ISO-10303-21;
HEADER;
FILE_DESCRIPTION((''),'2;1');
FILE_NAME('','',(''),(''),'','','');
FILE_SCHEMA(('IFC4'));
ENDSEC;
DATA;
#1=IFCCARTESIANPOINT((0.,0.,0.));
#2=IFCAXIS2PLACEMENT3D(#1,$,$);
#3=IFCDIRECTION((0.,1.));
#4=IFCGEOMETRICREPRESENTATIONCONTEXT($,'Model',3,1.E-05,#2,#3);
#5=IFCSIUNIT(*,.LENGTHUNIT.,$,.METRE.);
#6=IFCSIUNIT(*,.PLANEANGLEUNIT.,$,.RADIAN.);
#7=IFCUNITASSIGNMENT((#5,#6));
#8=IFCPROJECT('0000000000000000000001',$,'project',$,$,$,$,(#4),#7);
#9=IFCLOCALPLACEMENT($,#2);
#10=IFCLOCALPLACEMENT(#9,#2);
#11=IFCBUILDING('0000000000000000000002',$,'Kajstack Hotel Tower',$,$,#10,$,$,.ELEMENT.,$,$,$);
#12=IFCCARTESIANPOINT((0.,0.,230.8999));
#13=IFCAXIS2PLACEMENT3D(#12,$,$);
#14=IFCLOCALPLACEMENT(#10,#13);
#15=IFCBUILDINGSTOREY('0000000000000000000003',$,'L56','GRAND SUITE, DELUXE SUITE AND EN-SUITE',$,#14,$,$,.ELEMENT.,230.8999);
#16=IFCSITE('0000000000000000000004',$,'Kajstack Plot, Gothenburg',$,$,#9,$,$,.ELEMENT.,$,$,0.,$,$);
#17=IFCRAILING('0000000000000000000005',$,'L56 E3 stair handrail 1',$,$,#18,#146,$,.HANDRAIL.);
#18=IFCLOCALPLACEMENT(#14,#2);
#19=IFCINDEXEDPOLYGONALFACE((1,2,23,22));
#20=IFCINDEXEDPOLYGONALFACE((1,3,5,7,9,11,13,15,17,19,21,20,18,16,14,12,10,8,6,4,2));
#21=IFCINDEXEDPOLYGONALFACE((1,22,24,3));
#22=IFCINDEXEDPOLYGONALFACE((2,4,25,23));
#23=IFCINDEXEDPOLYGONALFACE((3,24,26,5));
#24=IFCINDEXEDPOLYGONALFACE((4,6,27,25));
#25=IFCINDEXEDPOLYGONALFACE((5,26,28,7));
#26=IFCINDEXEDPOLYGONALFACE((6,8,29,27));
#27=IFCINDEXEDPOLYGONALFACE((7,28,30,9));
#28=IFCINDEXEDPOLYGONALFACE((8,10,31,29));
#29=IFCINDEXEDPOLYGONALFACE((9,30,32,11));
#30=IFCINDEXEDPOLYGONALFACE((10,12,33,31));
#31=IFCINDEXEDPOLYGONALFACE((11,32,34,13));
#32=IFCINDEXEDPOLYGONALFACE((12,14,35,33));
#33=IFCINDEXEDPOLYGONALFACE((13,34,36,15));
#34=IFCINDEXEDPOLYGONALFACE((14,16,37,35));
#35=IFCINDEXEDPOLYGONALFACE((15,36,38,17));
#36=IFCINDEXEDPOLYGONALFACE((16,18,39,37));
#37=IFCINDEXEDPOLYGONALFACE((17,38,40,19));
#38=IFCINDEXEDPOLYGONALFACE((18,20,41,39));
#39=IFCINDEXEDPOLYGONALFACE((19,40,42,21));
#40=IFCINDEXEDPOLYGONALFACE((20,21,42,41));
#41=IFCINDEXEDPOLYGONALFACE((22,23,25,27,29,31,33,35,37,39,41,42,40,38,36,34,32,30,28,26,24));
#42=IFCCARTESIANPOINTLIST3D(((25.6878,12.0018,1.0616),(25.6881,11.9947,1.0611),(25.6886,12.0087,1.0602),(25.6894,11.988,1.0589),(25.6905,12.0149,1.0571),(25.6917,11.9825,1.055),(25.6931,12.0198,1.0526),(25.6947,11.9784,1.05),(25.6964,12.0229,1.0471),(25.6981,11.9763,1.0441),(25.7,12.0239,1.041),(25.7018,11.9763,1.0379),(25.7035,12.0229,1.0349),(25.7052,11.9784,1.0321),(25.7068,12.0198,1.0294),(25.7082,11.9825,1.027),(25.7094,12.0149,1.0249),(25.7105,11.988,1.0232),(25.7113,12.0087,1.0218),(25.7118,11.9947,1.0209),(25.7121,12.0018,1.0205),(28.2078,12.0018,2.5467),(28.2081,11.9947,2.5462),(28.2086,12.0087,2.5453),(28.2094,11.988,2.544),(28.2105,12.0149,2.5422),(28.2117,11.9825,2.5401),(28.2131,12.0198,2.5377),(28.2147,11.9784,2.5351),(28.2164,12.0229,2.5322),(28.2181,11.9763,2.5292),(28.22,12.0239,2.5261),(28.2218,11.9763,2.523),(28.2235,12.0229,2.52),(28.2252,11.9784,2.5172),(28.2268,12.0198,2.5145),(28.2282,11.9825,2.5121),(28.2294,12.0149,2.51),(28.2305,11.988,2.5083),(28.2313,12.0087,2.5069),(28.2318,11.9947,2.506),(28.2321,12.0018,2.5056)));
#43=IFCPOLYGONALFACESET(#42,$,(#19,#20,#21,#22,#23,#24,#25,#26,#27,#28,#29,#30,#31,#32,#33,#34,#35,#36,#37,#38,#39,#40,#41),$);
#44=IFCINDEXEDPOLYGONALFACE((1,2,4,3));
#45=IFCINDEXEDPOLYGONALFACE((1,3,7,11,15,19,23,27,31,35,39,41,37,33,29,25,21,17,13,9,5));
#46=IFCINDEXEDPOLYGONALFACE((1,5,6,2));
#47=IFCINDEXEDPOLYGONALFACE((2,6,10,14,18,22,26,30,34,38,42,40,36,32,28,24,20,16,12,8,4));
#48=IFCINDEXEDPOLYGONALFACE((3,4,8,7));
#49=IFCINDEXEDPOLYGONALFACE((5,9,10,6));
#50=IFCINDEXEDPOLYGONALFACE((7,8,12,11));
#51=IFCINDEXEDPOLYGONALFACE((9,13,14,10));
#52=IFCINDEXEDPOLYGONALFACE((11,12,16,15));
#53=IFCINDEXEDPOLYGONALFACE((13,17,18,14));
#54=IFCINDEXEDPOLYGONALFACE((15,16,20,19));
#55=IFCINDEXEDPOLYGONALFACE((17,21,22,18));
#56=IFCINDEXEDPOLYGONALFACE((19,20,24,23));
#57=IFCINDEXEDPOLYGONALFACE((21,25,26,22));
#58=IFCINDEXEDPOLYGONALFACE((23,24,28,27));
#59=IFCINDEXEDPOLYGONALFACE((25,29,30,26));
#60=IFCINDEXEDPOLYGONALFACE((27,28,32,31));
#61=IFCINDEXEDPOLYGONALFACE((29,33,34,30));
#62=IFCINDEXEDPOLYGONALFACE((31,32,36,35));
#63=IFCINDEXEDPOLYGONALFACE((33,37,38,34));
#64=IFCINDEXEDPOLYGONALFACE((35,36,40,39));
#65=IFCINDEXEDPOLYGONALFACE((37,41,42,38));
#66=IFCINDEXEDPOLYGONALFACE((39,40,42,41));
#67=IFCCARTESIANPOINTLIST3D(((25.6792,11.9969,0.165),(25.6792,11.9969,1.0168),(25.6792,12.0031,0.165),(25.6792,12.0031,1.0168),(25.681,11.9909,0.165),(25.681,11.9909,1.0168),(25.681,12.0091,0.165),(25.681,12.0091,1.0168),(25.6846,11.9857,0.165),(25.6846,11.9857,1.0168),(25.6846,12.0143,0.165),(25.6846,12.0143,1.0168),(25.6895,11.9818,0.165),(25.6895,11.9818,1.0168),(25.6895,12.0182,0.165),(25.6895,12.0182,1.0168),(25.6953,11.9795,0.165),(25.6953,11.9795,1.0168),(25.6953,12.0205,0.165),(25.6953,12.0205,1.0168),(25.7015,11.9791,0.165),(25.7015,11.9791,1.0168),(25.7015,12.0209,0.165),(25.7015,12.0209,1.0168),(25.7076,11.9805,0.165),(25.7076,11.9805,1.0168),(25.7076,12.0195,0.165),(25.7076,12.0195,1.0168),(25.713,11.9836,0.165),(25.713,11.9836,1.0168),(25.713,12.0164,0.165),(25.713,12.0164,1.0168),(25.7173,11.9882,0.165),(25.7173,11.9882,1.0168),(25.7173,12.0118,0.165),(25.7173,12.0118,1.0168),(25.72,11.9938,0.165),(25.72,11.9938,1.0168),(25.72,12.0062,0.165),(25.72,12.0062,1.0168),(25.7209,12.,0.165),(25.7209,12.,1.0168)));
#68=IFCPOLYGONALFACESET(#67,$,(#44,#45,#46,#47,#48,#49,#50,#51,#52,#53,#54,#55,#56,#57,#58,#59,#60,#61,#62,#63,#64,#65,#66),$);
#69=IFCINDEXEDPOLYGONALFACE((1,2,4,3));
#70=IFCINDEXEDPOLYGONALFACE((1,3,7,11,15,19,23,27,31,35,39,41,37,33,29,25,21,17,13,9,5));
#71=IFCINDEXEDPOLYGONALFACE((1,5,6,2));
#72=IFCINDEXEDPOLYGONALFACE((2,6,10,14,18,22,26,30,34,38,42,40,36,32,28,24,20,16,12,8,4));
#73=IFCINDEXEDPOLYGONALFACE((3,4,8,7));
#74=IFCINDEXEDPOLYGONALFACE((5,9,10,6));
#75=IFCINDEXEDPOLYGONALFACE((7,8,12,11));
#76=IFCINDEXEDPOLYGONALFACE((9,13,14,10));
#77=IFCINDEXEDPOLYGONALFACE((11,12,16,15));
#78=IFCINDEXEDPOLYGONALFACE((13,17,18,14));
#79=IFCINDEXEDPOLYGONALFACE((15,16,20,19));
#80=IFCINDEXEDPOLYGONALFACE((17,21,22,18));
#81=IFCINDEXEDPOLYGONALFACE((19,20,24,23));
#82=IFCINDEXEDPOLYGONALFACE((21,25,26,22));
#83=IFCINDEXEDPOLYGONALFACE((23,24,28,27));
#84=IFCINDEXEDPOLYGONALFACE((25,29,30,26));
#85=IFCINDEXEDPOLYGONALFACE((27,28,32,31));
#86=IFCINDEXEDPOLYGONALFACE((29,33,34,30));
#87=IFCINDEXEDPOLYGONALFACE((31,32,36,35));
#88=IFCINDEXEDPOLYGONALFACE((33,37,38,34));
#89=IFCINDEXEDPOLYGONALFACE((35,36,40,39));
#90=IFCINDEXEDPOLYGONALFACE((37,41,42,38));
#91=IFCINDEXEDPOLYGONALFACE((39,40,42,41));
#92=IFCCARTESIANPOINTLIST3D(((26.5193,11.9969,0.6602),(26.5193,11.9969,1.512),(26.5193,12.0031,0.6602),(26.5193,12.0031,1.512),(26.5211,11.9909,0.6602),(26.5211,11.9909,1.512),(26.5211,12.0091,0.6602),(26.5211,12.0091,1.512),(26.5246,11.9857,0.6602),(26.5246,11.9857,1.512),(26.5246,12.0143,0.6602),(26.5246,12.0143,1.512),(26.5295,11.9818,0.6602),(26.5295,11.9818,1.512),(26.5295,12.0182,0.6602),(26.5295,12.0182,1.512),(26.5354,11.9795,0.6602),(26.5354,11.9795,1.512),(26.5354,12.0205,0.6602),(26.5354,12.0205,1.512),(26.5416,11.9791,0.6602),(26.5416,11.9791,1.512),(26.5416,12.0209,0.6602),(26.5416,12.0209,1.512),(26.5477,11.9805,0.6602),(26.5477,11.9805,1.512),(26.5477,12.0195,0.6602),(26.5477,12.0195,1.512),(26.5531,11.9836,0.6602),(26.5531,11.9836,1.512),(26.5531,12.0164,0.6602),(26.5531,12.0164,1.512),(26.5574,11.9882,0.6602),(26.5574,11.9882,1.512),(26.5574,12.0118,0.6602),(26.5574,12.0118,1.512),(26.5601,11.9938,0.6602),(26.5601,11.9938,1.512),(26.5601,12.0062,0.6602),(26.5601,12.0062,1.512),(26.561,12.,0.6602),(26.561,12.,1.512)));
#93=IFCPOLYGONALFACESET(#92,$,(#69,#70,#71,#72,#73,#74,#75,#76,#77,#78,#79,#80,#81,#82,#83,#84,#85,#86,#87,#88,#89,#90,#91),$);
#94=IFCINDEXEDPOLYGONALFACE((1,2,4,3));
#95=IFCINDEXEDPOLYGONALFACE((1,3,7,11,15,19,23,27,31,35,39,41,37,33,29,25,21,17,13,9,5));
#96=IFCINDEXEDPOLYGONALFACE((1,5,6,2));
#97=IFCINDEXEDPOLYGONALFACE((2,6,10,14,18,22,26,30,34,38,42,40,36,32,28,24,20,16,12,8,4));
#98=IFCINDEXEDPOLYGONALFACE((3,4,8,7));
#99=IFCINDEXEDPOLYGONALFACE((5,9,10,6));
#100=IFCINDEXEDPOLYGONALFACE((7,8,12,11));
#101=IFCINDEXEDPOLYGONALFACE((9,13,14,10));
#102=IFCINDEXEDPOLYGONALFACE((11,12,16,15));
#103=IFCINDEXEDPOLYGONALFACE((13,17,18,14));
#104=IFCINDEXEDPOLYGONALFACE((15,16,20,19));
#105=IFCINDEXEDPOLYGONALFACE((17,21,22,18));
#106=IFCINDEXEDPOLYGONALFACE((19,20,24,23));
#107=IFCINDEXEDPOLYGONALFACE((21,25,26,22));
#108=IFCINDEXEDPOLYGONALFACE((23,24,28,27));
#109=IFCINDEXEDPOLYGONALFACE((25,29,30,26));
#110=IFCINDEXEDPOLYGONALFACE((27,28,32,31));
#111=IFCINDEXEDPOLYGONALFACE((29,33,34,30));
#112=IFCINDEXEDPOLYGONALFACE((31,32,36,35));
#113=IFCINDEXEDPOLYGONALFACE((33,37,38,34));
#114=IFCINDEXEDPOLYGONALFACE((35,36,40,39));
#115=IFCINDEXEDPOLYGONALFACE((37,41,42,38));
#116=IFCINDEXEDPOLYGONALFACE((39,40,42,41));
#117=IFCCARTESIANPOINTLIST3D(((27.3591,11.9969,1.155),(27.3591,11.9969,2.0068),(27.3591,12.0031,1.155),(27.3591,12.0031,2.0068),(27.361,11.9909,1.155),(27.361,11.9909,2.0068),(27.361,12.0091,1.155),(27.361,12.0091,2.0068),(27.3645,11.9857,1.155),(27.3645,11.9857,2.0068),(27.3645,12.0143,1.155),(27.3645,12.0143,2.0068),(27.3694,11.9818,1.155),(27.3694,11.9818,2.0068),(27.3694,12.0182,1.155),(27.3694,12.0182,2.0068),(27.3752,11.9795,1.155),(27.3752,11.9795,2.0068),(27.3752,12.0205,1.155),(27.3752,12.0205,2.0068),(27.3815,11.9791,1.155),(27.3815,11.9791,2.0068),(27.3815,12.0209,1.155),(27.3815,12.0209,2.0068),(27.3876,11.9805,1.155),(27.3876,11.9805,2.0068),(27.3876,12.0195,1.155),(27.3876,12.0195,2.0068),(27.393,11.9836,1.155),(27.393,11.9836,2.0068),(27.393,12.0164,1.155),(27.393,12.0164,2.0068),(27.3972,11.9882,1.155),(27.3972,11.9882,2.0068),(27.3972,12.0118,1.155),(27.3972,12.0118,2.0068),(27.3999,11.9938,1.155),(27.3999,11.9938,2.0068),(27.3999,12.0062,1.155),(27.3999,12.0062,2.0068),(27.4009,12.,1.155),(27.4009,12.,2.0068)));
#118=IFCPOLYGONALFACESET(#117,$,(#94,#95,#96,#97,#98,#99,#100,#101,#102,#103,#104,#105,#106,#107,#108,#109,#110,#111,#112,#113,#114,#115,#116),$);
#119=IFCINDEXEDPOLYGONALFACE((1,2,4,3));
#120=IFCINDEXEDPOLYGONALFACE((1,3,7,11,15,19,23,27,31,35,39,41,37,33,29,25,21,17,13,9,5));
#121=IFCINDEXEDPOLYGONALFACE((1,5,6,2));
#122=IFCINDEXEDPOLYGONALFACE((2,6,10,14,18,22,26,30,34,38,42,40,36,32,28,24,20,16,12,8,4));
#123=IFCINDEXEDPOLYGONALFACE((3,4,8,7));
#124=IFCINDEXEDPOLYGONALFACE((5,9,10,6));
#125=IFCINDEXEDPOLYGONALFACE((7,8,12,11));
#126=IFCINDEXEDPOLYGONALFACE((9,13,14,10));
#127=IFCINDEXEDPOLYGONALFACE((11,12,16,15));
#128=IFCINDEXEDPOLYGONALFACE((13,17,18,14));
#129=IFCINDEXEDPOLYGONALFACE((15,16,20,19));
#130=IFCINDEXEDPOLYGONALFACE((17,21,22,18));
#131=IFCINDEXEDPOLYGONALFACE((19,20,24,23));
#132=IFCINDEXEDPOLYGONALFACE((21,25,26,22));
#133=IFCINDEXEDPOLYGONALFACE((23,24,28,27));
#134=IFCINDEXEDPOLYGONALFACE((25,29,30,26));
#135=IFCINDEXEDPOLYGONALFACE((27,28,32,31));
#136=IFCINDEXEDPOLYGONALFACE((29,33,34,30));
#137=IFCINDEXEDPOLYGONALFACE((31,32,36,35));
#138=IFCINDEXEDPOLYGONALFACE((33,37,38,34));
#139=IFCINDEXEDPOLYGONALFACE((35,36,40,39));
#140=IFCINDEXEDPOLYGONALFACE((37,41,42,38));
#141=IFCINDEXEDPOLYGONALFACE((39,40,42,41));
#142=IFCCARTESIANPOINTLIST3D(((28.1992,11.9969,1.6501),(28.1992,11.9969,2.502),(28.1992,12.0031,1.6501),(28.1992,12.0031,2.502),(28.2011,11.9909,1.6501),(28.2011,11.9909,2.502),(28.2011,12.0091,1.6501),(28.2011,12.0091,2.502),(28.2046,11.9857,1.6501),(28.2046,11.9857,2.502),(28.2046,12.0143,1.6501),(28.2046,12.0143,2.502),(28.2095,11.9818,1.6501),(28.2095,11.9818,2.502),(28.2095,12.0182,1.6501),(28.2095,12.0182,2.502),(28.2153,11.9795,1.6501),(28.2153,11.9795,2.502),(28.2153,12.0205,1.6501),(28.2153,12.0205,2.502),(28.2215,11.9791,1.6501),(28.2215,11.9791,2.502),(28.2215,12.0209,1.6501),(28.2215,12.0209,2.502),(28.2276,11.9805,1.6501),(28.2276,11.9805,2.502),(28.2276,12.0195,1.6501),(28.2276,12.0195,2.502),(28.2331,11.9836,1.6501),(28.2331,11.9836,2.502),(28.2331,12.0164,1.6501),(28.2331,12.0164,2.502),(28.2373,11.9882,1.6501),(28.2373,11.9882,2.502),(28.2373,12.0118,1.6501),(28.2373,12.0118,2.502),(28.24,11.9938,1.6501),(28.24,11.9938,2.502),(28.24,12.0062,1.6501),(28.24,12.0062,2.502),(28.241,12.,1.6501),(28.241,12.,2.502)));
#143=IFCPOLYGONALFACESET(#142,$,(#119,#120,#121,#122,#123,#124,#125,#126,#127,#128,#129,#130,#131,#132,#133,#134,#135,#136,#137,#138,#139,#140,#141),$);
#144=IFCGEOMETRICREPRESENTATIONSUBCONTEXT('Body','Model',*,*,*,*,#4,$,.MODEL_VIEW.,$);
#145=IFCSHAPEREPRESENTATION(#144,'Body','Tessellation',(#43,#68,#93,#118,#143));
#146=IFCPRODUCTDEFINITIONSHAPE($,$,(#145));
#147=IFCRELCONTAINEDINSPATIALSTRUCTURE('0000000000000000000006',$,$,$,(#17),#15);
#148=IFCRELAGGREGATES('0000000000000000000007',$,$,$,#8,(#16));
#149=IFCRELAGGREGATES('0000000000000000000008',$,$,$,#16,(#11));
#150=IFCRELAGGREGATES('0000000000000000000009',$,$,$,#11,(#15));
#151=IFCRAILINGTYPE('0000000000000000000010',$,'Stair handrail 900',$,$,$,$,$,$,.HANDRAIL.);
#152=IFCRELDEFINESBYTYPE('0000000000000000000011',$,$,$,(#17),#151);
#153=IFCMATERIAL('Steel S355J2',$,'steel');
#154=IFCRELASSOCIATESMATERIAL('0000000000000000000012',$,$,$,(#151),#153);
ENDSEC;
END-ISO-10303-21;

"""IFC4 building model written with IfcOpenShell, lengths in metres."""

from ifc_helpers import new_model, si_unit, direction, frame, origin, origin_2d, place, context, subcontext, project, spatial, circle, extrude, material, type_object, element, save


model = new_model("IFC4")

# Units and contexts
model_context = context("Model", 3, precision=1e-05, world=origin(), true_north=direction((0.0, 1.0)))
body_context = subcontext(model_context, "Body", "Model", "MODEL_VIEW")
ifc_project = project(units=[si_unit("LENGTHUNIT", "METRE"), si_unit("PLANEANGLEUNIT", "RADIAN")], contexts=[model_context])

# Site, building, storey
site_placement = place(None, origin())
site = spatial("IfcSite", under=ifc_project, at=site_placement, Name="Kajstack Plot, Gothenburg", CompositionType="ELEMENT", RefElevation=0.0)
building_placement = place(site_placement, origin())
building = spatial("IfcBuilding", under=site, at=building_placement, Name="Kajstack Hotel Tower", CompositionType="ELEMENT")
storey_placement = place(building_placement, frame((0.0, 0.0, 230.8999)))
storey = spatial("IfcBuildingStorey", under=building, at=storey_placement, Name="L56", Description="GRAND SUITE, DELUXE SUITE AND EN-SUITE", CompositionType="ELEMENT", Elevation=230.8999)

# Railing
ifc_material_1 = material(Name="Steel S355J2", Category="steel")
railing_type_1 = type_object("IfcRailingType", Name="Stair handrail 900", PredefinedType="HANDRAIL", material=ifc_material_1)
railing_1_placement = place(storey_placement, frame((25.7, 12.0, 0.165)))
element("IfcRailing", 1, at=railing_1_placement, inside=storey, type_object=railing_type_1, Name="L56 E3 stair handrail 1", PredefinedType="HANDRAIL", context=body_context, shape_type="SweptSolid", body=[
    extrude(circle(Radius=0.0239, at=origin_2d()), frame((0.0, 0.0, 0.876), z_axis=(0.861524, 0.0, 0.507717), x_axis=(0.0, 1.0, 0.0)), (0.0, 0.0, 1.0), 2.925),
    extrude(circle(Radius=0.021, at=origin_2d()), origin(), (0.0, 0.0, 1.0), 0.8518),
    extrude(circle(Radius=0.021, at=origin_2d()), frame((0.8401, 0.0, 0.4951)), (0.0, 0.0, 1.0), 0.8518),
    extrude(circle(Radius=0.021, at=origin_2d()), frame((1.6799, 0.0, 0.99)), (0.0, 0.0, 1.0), 0.8518),
    extrude(circle(Radius=0.021, at=origin_2d()), frame((2.52, 0.0, 1.4851)), (0.0, 0.0, 1.0), 0.8518),
])

save(model, "model.ifc")
